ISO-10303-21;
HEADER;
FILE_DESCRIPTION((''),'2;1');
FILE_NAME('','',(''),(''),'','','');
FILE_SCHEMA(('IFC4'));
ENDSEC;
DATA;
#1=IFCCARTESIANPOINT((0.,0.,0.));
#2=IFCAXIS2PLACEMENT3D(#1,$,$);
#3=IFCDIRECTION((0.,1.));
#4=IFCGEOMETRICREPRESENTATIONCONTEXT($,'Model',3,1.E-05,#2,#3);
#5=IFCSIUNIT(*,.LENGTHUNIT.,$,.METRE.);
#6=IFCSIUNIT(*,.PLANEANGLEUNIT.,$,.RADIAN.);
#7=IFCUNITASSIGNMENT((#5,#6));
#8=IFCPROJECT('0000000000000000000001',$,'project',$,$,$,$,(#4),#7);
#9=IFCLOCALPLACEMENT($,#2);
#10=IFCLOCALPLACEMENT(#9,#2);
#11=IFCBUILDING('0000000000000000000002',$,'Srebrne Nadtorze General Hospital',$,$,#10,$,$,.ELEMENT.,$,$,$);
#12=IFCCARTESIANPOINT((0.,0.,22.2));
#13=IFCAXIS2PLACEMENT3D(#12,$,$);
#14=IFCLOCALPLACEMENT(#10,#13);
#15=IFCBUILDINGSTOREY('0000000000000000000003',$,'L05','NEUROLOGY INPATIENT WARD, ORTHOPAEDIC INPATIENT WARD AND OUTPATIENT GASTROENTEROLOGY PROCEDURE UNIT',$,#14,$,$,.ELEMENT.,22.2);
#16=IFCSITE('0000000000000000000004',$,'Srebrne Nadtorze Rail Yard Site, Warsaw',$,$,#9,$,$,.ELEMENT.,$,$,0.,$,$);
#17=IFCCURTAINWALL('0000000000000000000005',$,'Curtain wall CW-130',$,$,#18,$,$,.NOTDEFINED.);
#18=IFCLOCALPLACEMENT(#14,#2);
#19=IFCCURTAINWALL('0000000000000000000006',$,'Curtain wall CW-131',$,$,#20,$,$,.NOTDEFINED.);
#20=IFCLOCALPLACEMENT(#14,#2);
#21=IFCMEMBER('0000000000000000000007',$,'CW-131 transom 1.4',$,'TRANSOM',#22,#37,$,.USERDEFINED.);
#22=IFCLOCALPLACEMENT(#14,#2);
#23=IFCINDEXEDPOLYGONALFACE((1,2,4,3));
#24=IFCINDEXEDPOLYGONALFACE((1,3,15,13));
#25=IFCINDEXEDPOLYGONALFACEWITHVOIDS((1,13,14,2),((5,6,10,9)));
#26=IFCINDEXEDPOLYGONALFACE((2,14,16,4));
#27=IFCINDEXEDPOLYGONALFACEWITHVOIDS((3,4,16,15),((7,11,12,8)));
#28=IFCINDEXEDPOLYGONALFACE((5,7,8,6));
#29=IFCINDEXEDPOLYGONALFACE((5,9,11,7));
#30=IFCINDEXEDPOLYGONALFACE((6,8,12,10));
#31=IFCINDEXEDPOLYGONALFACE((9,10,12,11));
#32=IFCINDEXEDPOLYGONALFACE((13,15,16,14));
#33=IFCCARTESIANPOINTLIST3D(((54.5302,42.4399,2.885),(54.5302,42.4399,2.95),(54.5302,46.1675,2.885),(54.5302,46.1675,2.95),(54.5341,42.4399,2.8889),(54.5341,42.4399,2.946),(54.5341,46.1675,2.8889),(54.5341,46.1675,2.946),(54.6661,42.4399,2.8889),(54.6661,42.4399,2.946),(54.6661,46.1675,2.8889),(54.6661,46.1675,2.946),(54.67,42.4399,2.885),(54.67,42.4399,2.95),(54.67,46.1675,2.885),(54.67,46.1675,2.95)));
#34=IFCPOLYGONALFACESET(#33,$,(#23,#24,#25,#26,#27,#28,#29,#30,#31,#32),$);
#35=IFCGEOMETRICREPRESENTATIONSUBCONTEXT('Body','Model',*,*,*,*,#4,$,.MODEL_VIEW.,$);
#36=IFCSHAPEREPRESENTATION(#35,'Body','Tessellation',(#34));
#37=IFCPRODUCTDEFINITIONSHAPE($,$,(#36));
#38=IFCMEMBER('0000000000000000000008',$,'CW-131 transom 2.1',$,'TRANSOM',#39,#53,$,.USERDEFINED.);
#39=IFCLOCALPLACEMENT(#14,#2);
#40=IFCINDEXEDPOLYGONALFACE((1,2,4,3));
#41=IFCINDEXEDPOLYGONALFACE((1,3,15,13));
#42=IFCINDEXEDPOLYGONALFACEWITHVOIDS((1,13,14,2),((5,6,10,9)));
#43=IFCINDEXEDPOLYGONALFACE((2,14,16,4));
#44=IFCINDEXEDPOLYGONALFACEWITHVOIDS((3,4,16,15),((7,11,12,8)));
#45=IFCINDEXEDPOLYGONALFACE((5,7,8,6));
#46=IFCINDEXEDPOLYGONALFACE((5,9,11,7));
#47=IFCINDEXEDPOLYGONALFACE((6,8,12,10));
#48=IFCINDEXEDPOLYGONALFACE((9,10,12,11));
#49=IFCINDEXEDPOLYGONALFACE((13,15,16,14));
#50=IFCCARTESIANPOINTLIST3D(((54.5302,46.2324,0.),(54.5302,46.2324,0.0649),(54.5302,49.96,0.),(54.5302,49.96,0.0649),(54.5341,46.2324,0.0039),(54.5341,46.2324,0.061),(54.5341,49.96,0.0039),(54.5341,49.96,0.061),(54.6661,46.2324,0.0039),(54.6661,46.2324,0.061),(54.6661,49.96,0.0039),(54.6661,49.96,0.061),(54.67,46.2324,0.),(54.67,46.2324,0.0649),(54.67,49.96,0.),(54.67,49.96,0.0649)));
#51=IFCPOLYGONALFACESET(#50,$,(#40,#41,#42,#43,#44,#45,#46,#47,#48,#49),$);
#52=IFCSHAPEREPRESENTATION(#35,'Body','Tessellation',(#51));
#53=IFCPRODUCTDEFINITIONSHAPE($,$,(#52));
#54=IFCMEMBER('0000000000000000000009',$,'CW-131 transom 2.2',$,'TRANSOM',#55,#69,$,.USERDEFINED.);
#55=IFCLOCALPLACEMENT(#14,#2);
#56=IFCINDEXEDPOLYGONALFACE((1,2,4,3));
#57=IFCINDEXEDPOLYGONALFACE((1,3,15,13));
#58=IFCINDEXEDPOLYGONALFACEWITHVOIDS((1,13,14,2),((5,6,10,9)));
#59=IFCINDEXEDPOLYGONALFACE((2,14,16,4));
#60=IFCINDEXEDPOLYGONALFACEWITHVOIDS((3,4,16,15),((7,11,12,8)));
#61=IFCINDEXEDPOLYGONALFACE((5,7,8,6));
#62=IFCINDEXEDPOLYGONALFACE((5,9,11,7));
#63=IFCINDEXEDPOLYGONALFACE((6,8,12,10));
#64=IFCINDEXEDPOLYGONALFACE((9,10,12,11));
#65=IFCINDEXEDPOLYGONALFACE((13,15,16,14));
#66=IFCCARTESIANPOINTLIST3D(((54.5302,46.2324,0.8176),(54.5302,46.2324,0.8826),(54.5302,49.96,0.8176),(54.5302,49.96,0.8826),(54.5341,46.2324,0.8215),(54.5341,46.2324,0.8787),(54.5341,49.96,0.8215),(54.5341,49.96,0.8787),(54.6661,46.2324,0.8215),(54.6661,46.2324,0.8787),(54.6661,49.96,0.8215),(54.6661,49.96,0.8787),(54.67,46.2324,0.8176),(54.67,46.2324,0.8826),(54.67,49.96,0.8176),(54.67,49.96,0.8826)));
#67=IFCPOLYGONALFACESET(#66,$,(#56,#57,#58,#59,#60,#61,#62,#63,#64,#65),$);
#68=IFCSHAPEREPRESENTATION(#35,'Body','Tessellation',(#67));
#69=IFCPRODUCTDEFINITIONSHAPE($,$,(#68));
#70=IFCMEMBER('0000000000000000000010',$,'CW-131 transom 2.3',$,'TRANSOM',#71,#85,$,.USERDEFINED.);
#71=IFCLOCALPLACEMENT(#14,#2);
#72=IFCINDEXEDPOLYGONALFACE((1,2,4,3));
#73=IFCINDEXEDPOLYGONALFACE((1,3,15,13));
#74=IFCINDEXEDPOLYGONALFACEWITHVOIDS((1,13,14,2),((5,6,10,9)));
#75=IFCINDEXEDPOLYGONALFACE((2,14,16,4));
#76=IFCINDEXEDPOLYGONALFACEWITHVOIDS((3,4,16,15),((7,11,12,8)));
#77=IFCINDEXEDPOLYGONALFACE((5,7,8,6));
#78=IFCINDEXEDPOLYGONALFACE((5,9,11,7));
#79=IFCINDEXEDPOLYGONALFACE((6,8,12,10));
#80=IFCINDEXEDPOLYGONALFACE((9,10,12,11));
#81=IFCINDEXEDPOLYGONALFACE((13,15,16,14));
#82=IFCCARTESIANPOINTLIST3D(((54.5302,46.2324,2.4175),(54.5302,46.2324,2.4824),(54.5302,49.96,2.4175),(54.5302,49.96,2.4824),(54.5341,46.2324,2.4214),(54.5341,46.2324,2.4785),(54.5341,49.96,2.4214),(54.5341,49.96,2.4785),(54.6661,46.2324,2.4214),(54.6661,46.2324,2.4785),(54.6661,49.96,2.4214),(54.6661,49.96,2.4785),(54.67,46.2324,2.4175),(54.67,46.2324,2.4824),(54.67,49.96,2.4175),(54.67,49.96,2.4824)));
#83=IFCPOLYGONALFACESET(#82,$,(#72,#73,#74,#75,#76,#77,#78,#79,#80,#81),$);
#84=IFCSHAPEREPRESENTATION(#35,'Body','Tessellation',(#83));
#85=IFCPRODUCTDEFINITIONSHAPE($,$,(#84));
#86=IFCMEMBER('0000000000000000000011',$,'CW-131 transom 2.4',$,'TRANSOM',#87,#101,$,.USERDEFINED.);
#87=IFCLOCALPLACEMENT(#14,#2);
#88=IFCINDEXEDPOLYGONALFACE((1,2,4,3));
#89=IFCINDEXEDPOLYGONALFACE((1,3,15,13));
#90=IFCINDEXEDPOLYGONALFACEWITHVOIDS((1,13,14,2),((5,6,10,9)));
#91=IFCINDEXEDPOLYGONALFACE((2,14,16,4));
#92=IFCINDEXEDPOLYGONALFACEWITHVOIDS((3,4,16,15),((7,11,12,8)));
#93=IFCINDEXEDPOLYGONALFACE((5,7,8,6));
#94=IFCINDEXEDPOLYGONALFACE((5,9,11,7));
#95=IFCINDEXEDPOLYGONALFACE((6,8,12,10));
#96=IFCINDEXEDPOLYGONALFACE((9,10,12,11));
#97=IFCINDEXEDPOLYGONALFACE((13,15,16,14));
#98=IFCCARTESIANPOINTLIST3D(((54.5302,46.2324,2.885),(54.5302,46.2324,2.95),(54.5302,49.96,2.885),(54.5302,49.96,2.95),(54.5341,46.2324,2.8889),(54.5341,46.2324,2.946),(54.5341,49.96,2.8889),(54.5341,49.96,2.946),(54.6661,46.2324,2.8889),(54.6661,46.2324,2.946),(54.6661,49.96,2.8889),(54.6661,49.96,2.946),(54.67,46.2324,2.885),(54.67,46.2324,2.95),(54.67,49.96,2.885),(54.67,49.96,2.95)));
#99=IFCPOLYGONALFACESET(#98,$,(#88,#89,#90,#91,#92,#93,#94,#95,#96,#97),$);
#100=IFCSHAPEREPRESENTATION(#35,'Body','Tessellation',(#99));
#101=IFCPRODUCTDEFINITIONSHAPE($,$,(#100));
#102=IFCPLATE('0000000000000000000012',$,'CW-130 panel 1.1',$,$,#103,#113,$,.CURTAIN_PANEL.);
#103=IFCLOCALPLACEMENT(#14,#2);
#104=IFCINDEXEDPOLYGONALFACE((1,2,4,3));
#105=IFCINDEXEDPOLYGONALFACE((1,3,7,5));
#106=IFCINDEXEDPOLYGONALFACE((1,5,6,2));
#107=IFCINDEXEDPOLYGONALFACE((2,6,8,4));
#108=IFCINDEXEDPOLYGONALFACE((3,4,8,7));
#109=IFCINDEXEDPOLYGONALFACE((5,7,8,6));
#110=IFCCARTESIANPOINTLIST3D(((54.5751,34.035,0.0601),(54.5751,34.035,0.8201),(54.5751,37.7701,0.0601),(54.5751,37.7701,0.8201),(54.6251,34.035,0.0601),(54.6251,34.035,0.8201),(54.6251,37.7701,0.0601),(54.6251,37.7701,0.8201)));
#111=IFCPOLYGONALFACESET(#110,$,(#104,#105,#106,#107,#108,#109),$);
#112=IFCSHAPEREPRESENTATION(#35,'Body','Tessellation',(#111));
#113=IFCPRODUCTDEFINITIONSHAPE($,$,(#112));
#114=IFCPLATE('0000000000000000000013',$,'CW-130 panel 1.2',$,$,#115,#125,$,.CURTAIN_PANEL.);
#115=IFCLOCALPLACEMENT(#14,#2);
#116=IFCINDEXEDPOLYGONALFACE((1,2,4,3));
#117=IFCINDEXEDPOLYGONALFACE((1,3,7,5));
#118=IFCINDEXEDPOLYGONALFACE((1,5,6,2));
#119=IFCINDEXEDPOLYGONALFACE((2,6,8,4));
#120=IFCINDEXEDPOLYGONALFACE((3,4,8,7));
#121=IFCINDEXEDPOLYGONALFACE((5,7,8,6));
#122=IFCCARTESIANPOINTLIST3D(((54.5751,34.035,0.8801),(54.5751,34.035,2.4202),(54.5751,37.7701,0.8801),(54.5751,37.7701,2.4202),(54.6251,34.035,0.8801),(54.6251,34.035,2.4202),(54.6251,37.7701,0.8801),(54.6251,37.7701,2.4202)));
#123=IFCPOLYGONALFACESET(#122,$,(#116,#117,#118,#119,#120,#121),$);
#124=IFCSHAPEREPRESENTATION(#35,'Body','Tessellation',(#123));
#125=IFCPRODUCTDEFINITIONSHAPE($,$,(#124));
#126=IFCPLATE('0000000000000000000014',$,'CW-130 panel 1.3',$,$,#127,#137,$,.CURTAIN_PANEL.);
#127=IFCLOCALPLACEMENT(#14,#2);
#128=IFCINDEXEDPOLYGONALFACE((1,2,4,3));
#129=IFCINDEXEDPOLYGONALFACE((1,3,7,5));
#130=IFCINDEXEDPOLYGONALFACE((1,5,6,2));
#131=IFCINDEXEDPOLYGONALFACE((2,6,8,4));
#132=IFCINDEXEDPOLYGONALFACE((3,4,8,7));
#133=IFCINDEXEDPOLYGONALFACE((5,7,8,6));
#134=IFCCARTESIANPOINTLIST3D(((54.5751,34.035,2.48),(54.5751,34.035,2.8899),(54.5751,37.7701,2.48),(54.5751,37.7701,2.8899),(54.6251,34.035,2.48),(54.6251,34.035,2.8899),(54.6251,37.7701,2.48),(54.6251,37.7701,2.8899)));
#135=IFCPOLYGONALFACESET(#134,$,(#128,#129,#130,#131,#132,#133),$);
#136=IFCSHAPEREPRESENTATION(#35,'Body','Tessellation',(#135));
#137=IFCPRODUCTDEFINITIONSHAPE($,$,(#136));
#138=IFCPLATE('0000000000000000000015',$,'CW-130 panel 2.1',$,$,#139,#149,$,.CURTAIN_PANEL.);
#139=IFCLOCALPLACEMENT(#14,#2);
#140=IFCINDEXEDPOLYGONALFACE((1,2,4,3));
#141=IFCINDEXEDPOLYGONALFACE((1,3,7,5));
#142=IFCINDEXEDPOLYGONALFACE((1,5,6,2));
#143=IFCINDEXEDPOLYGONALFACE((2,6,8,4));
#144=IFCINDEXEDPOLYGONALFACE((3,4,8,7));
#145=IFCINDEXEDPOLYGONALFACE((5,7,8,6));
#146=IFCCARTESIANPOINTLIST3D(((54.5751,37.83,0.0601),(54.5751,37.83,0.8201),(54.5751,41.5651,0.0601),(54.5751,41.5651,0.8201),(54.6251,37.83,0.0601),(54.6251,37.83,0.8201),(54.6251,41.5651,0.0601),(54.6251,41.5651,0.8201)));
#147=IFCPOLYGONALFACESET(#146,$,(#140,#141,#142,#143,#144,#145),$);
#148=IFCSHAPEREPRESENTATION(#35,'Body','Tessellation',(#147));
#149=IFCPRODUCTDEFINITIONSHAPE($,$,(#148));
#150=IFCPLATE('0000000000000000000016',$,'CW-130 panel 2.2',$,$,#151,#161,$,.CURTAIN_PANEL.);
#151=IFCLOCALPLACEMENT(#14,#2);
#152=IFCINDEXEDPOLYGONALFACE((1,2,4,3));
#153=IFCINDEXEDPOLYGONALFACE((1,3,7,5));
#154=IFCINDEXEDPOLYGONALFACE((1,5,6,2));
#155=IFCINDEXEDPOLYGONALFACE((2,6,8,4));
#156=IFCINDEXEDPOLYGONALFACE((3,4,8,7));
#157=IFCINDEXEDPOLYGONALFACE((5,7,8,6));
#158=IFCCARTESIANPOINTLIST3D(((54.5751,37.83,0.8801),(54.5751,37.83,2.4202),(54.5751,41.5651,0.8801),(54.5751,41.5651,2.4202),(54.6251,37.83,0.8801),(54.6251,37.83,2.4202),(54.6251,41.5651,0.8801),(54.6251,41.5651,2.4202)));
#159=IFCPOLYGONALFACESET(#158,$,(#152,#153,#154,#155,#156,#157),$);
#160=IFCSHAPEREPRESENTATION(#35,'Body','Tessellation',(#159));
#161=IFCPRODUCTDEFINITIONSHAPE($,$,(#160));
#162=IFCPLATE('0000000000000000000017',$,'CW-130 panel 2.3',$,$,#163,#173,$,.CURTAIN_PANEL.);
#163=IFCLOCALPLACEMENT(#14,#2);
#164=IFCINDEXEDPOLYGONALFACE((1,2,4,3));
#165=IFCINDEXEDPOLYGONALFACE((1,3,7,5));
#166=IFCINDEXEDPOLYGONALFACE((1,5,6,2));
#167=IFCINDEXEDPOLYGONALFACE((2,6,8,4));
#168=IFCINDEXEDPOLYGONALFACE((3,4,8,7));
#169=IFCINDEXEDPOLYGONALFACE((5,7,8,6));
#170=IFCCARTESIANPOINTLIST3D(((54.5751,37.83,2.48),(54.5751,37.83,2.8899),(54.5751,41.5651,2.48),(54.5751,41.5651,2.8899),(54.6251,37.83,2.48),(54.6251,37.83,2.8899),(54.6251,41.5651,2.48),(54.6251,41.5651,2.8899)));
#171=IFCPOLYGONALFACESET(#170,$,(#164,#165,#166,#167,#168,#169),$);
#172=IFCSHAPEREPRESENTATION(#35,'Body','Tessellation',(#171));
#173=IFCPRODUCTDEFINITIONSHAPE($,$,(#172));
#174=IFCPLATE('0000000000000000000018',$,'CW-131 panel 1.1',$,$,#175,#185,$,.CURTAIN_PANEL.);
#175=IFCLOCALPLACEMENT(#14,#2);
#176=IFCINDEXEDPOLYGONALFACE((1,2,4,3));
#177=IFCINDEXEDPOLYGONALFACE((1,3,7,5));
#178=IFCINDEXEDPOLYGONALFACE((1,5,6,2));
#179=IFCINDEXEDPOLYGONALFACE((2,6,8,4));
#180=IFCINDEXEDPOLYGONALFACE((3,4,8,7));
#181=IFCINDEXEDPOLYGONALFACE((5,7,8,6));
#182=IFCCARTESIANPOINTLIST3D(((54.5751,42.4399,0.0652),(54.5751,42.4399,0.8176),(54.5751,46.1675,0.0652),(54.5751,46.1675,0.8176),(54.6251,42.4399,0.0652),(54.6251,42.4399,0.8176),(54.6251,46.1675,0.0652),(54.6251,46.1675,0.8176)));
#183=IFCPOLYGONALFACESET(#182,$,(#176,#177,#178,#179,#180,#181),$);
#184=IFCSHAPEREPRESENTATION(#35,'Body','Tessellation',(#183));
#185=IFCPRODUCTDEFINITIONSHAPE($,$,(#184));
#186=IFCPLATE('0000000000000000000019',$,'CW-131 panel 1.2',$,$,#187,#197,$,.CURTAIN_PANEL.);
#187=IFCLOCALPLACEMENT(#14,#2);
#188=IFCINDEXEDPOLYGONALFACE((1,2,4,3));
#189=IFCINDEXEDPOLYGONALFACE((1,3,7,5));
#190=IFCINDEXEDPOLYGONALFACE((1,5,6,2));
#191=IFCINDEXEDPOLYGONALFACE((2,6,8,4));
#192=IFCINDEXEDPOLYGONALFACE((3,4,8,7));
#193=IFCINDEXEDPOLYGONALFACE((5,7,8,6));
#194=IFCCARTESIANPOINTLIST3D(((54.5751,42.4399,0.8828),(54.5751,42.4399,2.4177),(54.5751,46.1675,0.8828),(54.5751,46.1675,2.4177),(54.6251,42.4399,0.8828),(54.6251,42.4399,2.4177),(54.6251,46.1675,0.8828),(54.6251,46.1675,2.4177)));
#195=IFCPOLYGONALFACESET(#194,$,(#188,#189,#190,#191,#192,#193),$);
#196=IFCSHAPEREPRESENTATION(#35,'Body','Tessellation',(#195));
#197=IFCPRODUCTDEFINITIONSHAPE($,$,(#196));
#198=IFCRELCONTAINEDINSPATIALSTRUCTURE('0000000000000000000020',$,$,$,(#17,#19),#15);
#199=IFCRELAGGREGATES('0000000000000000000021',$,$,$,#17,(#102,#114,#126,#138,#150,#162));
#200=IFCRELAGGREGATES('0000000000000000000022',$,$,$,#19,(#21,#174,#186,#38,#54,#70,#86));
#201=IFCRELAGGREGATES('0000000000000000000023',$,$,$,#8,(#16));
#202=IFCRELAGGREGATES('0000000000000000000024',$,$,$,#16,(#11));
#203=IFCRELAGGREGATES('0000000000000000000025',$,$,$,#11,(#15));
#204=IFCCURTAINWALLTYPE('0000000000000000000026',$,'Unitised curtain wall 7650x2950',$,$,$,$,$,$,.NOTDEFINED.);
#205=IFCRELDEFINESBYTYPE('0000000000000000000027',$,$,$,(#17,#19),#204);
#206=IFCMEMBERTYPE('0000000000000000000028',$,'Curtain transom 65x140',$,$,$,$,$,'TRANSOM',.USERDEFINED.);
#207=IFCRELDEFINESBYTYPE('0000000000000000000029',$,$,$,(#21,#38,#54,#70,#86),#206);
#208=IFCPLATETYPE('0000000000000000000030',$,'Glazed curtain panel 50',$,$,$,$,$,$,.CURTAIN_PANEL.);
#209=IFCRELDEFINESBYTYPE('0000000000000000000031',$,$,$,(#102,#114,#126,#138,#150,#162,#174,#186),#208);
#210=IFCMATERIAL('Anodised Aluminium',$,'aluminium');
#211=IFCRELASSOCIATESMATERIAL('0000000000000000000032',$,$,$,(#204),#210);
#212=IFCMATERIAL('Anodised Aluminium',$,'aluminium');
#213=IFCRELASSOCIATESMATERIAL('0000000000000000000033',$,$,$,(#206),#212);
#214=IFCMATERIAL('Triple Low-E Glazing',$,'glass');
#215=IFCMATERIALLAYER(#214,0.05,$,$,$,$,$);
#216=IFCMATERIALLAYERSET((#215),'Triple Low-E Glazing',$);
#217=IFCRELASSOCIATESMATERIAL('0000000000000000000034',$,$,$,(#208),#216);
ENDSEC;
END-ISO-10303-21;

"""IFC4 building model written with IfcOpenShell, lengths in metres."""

from ifc_helpers import new_model, si_unit, direction, frame, origin, origin_2d, place, context, subcontext, project, spatial, rectangle, hollow_rectangle, extrude, material, layer, layer_set, material_profile, profile_set, type_object, element, aggregate, save


model = new_model("IFC4")

# Units and contexts
model_context = context("Model", 3, precision=1e-05, world=origin(), true_north=direction((0.0, 1.0)))
body_context = subcontext(model_context, "Body", "Model", "MODEL_VIEW")
ifc_project = project(units=[si_unit("LENGTHUNIT", "METRE"), si_unit("PLANEANGLEUNIT", "RADIAN")], contexts=[model_context])

# Site, building, storey
site_placement = place(None, origin())
site = spatial("IfcSite", under=ifc_project, at=site_placement, Name="Srebrne Nadtorze Rail Yard Site, Warsaw", CompositionType="ELEMENT", RefElevation=0.0)
building_placement = place(site_placement, origin())
building = spatial("IfcBuilding", under=site, at=building_placement, Name="Srebrne Nadtorze General Hospital", CompositionType="ELEMENT")
storey_placement = place(building_placement, frame((0.0, 0.0, 22.2)))
storey = spatial("IfcBuildingStorey", under=building, at=storey_placement, Name="L05", Description="NEUROLOGY INPATIENT WARD, ORTHOPAEDIC INPATIENT WARD AND OUTPATIENT GASTROENTEROLOGY PROCEDURE UNIT", CompositionType="ELEMENT", Elevation=22.2)

# Curtain walls
ifc_material_1 = material(Name="Anodised Aluminium", Category="aluminium")
curtain_wall_type_1 = type_object("IfcCurtainWallType", Name="Unitised curtain wall 7650x2950", PredefinedType="NOTDEFINED", material=ifc_material_1)
curtain_wall_1_placement = place(storey_placement, origin())
curtain_wall_1 = element("IfcCurtainWall", 1, at=curtain_wall_1_placement, inside=storey, type_object=curtain_wall_type_1, Name="Curtain wall CW-130", PredefinedType="NOTDEFINED")
curtain_wall_2_placement = place(storey_placement, origin())
curtain_wall_2 = element("IfcCurtainWall", 2, at=curtain_wall_2_placement, inside=storey, type_object=curtain_wall_type_1, Name="Curtain wall CW-131", PredefinedType="NOTDEFINED")

# Members
ifc_material_2 = material(Name="Anodised Aluminium", Category="aluminium")
ifc_material_profile_1 = material_profile(ifc_material_2, hollow_rectangle(XDim=0.0649, YDim=0.1399, WallThickness=0.0039, at=origin_2d()), Name="AL-TRN-65x140")
ifc_profile_set_1 = profile_set([ifc_material_profile_1], Name="Anodised Aluminium")
member_type_1 = type_object("IfcMemberType", Name="Curtain transom 65x140", ElementType="TRANSOM", PredefinedType="USERDEFINED", material=ifc_profile_set_1)
member_1_placement = place(storey_placement, frame((54.6001, 42.4399, 2.9175), z_axis=(0.0, 1.0, 0.0), x_axis=(0.0, 0.0, 1.0)))
member_1 = element("IfcMember", 3, at=member_1_placement, type_object=member_type_1, Name="CW-131 transom 1.4", ObjectType="TRANSOM", PredefinedType="USERDEFINED", context=body_context, shape_type="SweptSolid", body=[
    extrude(hollow_rectangle(XDim=0.0649, YDim=0.1399, WallThickness=0.0039, at=origin_2d()), origin(), (0.0, 0.0, 1.0), 3.7275),
])
member_2_placement = place(storey_placement, frame((54.6001, 46.2324, 0.0325), z_axis=(0.0, 1.0, 0.0), x_axis=(0.0, 0.0, 1.0)))
member_2 = element("IfcMember", 4, at=member_2_placement, type_object=member_type_1, Name="CW-131 transom 2.1", ObjectType="TRANSOM", PredefinedType="USERDEFINED", context=body_context, shape_type="SweptSolid", body=[
    extrude(hollow_rectangle(XDim=0.0649, YDim=0.1399, WallThickness=0.0039, at=origin_2d()), origin(), (0.0, 0.0, 1.0), 3.7275),
])
member_3_placement = place(storey_placement, frame((54.6001, 46.2324, 0.8501), z_axis=(0.0, 1.0, 0.0), x_axis=(0.0, 0.0, 1.0)))
member_3 = element("IfcMember", 5, at=member_3_placement, type_object=member_type_1, Name="CW-131 transom 2.2", ObjectType="TRANSOM", PredefinedType="USERDEFINED", context=body_context, shape_type="SweptSolid", body=[
    extrude(hollow_rectangle(XDim=0.0649, YDim=0.1399, WallThickness=0.0039, at=origin_2d()), origin(), (0.0, 0.0, 1.0), 3.7275),
])
member_4_placement = place(storey_placement, frame((54.6001, 46.2324, 2.45), z_axis=(0.0, 1.0, 0.0), x_axis=(0.0, 0.0, 1.0)))
member_4 = element("IfcMember", 6, at=member_4_placement, type_object=member_type_1, Name="CW-131 transom 2.3", ObjectType="TRANSOM", PredefinedType="USERDEFINED", context=body_context, shape_type="SweptSolid", body=[
    extrude(hollow_rectangle(XDim=0.0649, YDim=0.1399, WallThickness=0.0039, at=origin_2d()), origin(), (0.0, 0.0, 1.0), 3.7275),
])
member_5_placement = place(storey_placement, frame((54.6001, 46.2324, 2.9175), z_axis=(0.0, 1.0, 0.0), x_axis=(0.0, 0.0, 1.0)))
member_5 = element("IfcMember", 7, at=member_5_placement, type_object=member_type_1, Name="CW-131 transom 2.4", ObjectType="TRANSOM", PredefinedType="USERDEFINED", context=body_context, shape_type="SweptSolid", body=[
    extrude(hollow_rectangle(XDim=0.0649, YDim=0.1399, WallThickness=0.0039, at=origin_2d()), origin(), (0.0, 0.0, 1.0), 3.7275),
])

# Plates
ifc_material_3 = material(Name="Triple Low-E Glazing", Category="glass")
ifc_layer_1 = layer(ifc_material_3, 0.05)
ifc_layer_set_1 = layer_set([ifc_layer_1], Name="Triple Low-E Glazing")
plate_type = type_object("IfcPlateType", Name="Glazed curtain panel 50", PredefinedType="CURTAIN_PANEL", material=ifc_layer_set_1)
plate_1_placement = place(storey_placement, frame((54.6001, 35.9026, 0.0601), z_axis=(0.0, 0.0, 1.0), x_axis=(0.0, 1.0, 0.0)))
plate_1 = element("IfcPlate", 8, at=plate_1_placement, type_object=plate_type, Name="CW-130 panel 1.1", PredefinedType="CURTAIN_PANEL", context=body_context, shape_type="SweptSolid", body=[
    extrude(rectangle(XDim=3.7351, YDim=0.05, at=origin_2d()), origin(), (0.0, 0.0, 1.0), 0.76),
])
plate_2_placement = place(storey_placement, frame((54.6001, 35.9026, 0.8801), z_axis=(0.0, 0.0, 1.0), x_axis=(0.0, 1.0, 0.0)))
plate_2 = element("IfcPlate", 9, at=plate_2_placement, type_object=plate_type, Name="CW-130 panel 1.2", PredefinedType="CURTAIN_PANEL", context=body_context, shape_type="SweptSolid", body=[
    extrude(rectangle(XDim=3.7351, YDim=0.05, at=origin_2d()), origin(), (0.0, 0.0, 1.0), 1.54),
])
plate_3_placement = place(storey_placement, frame((54.6001, 35.9026, 2.48), z_axis=(0.0, 0.0, 1.0), x_axis=(0.0, 1.0, 0.0)))
plate_3 = element("IfcPlate", 10, at=plate_3_placement, type_object=plate_type, Name="CW-130 panel 1.3", PredefinedType="CURTAIN_PANEL", context=body_context, shape_type="SweptSolid", body=[
    extrude(rectangle(XDim=3.7351, YDim=0.05, at=origin_2d()), origin(), (0.0, 0.0, 1.0), 0.4099),
])
plate_4_placement = place(storey_placement, frame((54.6001, 39.6975, 0.0601), z_axis=(0.0, 0.0, 1.0), x_axis=(0.0, 1.0, 0.0)))
plate_4 = element("IfcPlate", 11, at=plate_4_placement, type_object=plate_type, Name="CW-130 panel 2.1", PredefinedType="CURTAIN_PANEL", context=body_context, shape_type="SweptSolid", body=[
    extrude(rectangle(XDim=3.7351, YDim=0.05, at=origin_2d()), origin(), (0.0, 0.0, 1.0), 0.76),
])
plate_5_placement = place(storey_placement, frame((54.6001, 39.6975, 0.8801), z_axis=(0.0, 0.0, 1.0), x_axis=(0.0, 1.0, 0.0)))
plate_5 = element("IfcPlate", 12, at=plate_5_placement, type_object=plate_type, Name="CW-130 panel 2.2", PredefinedType="CURTAIN_PANEL", context=body_context, shape_type="SweptSolid", body=[
    extrude(rectangle(XDim=3.7351, YDim=0.05, at=origin_2d()), origin(), (0.0, 0.0, 1.0), 1.54),
])
plate_6_placement = place(storey_placement, frame((54.6001, 39.6975, 2.48), z_axis=(0.0, 0.0, 1.0), x_axis=(0.0, 1.0, 0.0)))
plate_6 = element("IfcPlate", 13, at=plate_6_placement, type_object=plate_type, Name="CW-130 panel 2.3", PredefinedType="CURTAIN_PANEL", context=body_context, shape_type="SweptSolid", body=[
    extrude(rectangle(XDim=3.7351, YDim=0.05, at=origin_2d()), origin(), (0.0, 0.0, 1.0), 0.4099),
])
aggregate(curtain_wall_1, [plate_1, plate_2, plate_3, plate_4, plate_5, plate_6])
plate_7_placement = place(storey_placement, frame((54.6001, 44.3037, 0.0652), z_axis=(0.0, 0.0, 1.0), x_axis=(0.0, 1.0, 0.0)))
plate_7 = element("IfcPlate", 14, at=plate_7_placement, type_object=plate_type, Name="CW-131 panel 1.1", PredefinedType="CURTAIN_PANEL", context=body_context, shape_type="SweptSolid", body=[
    extrude(rectangle(XDim=3.7275, YDim=0.05, at=origin_2d()), origin(), (0.0, 0.0, 1.0), 0.7524),
])
plate_8_placement = place(storey_placement, frame((54.6001, 44.3037, 0.8828), z_axis=(0.0, 0.0, 1.0), x_axis=(0.0, 1.0, 0.0)))
plate_8 = element("IfcPlate", 15, at=plate_8_placement, type_object=plate_type, Name="CW-131 panel 1.2", PredefinedType="CURTAIN_PANEL", context=body_context, shape_type="SweptSolid", body=[
    extrude(rectangle(XDim=3.7275, YDim=0.05, at=origin_2d()), origin(), (0.0, 0.0, 1.0), 1.5349),
])
aggregate(curtain_wall_2, [member_1, plate_7, plate_8, member_2, member_3, member_4, member_5])

save(model, "model.ifc")
